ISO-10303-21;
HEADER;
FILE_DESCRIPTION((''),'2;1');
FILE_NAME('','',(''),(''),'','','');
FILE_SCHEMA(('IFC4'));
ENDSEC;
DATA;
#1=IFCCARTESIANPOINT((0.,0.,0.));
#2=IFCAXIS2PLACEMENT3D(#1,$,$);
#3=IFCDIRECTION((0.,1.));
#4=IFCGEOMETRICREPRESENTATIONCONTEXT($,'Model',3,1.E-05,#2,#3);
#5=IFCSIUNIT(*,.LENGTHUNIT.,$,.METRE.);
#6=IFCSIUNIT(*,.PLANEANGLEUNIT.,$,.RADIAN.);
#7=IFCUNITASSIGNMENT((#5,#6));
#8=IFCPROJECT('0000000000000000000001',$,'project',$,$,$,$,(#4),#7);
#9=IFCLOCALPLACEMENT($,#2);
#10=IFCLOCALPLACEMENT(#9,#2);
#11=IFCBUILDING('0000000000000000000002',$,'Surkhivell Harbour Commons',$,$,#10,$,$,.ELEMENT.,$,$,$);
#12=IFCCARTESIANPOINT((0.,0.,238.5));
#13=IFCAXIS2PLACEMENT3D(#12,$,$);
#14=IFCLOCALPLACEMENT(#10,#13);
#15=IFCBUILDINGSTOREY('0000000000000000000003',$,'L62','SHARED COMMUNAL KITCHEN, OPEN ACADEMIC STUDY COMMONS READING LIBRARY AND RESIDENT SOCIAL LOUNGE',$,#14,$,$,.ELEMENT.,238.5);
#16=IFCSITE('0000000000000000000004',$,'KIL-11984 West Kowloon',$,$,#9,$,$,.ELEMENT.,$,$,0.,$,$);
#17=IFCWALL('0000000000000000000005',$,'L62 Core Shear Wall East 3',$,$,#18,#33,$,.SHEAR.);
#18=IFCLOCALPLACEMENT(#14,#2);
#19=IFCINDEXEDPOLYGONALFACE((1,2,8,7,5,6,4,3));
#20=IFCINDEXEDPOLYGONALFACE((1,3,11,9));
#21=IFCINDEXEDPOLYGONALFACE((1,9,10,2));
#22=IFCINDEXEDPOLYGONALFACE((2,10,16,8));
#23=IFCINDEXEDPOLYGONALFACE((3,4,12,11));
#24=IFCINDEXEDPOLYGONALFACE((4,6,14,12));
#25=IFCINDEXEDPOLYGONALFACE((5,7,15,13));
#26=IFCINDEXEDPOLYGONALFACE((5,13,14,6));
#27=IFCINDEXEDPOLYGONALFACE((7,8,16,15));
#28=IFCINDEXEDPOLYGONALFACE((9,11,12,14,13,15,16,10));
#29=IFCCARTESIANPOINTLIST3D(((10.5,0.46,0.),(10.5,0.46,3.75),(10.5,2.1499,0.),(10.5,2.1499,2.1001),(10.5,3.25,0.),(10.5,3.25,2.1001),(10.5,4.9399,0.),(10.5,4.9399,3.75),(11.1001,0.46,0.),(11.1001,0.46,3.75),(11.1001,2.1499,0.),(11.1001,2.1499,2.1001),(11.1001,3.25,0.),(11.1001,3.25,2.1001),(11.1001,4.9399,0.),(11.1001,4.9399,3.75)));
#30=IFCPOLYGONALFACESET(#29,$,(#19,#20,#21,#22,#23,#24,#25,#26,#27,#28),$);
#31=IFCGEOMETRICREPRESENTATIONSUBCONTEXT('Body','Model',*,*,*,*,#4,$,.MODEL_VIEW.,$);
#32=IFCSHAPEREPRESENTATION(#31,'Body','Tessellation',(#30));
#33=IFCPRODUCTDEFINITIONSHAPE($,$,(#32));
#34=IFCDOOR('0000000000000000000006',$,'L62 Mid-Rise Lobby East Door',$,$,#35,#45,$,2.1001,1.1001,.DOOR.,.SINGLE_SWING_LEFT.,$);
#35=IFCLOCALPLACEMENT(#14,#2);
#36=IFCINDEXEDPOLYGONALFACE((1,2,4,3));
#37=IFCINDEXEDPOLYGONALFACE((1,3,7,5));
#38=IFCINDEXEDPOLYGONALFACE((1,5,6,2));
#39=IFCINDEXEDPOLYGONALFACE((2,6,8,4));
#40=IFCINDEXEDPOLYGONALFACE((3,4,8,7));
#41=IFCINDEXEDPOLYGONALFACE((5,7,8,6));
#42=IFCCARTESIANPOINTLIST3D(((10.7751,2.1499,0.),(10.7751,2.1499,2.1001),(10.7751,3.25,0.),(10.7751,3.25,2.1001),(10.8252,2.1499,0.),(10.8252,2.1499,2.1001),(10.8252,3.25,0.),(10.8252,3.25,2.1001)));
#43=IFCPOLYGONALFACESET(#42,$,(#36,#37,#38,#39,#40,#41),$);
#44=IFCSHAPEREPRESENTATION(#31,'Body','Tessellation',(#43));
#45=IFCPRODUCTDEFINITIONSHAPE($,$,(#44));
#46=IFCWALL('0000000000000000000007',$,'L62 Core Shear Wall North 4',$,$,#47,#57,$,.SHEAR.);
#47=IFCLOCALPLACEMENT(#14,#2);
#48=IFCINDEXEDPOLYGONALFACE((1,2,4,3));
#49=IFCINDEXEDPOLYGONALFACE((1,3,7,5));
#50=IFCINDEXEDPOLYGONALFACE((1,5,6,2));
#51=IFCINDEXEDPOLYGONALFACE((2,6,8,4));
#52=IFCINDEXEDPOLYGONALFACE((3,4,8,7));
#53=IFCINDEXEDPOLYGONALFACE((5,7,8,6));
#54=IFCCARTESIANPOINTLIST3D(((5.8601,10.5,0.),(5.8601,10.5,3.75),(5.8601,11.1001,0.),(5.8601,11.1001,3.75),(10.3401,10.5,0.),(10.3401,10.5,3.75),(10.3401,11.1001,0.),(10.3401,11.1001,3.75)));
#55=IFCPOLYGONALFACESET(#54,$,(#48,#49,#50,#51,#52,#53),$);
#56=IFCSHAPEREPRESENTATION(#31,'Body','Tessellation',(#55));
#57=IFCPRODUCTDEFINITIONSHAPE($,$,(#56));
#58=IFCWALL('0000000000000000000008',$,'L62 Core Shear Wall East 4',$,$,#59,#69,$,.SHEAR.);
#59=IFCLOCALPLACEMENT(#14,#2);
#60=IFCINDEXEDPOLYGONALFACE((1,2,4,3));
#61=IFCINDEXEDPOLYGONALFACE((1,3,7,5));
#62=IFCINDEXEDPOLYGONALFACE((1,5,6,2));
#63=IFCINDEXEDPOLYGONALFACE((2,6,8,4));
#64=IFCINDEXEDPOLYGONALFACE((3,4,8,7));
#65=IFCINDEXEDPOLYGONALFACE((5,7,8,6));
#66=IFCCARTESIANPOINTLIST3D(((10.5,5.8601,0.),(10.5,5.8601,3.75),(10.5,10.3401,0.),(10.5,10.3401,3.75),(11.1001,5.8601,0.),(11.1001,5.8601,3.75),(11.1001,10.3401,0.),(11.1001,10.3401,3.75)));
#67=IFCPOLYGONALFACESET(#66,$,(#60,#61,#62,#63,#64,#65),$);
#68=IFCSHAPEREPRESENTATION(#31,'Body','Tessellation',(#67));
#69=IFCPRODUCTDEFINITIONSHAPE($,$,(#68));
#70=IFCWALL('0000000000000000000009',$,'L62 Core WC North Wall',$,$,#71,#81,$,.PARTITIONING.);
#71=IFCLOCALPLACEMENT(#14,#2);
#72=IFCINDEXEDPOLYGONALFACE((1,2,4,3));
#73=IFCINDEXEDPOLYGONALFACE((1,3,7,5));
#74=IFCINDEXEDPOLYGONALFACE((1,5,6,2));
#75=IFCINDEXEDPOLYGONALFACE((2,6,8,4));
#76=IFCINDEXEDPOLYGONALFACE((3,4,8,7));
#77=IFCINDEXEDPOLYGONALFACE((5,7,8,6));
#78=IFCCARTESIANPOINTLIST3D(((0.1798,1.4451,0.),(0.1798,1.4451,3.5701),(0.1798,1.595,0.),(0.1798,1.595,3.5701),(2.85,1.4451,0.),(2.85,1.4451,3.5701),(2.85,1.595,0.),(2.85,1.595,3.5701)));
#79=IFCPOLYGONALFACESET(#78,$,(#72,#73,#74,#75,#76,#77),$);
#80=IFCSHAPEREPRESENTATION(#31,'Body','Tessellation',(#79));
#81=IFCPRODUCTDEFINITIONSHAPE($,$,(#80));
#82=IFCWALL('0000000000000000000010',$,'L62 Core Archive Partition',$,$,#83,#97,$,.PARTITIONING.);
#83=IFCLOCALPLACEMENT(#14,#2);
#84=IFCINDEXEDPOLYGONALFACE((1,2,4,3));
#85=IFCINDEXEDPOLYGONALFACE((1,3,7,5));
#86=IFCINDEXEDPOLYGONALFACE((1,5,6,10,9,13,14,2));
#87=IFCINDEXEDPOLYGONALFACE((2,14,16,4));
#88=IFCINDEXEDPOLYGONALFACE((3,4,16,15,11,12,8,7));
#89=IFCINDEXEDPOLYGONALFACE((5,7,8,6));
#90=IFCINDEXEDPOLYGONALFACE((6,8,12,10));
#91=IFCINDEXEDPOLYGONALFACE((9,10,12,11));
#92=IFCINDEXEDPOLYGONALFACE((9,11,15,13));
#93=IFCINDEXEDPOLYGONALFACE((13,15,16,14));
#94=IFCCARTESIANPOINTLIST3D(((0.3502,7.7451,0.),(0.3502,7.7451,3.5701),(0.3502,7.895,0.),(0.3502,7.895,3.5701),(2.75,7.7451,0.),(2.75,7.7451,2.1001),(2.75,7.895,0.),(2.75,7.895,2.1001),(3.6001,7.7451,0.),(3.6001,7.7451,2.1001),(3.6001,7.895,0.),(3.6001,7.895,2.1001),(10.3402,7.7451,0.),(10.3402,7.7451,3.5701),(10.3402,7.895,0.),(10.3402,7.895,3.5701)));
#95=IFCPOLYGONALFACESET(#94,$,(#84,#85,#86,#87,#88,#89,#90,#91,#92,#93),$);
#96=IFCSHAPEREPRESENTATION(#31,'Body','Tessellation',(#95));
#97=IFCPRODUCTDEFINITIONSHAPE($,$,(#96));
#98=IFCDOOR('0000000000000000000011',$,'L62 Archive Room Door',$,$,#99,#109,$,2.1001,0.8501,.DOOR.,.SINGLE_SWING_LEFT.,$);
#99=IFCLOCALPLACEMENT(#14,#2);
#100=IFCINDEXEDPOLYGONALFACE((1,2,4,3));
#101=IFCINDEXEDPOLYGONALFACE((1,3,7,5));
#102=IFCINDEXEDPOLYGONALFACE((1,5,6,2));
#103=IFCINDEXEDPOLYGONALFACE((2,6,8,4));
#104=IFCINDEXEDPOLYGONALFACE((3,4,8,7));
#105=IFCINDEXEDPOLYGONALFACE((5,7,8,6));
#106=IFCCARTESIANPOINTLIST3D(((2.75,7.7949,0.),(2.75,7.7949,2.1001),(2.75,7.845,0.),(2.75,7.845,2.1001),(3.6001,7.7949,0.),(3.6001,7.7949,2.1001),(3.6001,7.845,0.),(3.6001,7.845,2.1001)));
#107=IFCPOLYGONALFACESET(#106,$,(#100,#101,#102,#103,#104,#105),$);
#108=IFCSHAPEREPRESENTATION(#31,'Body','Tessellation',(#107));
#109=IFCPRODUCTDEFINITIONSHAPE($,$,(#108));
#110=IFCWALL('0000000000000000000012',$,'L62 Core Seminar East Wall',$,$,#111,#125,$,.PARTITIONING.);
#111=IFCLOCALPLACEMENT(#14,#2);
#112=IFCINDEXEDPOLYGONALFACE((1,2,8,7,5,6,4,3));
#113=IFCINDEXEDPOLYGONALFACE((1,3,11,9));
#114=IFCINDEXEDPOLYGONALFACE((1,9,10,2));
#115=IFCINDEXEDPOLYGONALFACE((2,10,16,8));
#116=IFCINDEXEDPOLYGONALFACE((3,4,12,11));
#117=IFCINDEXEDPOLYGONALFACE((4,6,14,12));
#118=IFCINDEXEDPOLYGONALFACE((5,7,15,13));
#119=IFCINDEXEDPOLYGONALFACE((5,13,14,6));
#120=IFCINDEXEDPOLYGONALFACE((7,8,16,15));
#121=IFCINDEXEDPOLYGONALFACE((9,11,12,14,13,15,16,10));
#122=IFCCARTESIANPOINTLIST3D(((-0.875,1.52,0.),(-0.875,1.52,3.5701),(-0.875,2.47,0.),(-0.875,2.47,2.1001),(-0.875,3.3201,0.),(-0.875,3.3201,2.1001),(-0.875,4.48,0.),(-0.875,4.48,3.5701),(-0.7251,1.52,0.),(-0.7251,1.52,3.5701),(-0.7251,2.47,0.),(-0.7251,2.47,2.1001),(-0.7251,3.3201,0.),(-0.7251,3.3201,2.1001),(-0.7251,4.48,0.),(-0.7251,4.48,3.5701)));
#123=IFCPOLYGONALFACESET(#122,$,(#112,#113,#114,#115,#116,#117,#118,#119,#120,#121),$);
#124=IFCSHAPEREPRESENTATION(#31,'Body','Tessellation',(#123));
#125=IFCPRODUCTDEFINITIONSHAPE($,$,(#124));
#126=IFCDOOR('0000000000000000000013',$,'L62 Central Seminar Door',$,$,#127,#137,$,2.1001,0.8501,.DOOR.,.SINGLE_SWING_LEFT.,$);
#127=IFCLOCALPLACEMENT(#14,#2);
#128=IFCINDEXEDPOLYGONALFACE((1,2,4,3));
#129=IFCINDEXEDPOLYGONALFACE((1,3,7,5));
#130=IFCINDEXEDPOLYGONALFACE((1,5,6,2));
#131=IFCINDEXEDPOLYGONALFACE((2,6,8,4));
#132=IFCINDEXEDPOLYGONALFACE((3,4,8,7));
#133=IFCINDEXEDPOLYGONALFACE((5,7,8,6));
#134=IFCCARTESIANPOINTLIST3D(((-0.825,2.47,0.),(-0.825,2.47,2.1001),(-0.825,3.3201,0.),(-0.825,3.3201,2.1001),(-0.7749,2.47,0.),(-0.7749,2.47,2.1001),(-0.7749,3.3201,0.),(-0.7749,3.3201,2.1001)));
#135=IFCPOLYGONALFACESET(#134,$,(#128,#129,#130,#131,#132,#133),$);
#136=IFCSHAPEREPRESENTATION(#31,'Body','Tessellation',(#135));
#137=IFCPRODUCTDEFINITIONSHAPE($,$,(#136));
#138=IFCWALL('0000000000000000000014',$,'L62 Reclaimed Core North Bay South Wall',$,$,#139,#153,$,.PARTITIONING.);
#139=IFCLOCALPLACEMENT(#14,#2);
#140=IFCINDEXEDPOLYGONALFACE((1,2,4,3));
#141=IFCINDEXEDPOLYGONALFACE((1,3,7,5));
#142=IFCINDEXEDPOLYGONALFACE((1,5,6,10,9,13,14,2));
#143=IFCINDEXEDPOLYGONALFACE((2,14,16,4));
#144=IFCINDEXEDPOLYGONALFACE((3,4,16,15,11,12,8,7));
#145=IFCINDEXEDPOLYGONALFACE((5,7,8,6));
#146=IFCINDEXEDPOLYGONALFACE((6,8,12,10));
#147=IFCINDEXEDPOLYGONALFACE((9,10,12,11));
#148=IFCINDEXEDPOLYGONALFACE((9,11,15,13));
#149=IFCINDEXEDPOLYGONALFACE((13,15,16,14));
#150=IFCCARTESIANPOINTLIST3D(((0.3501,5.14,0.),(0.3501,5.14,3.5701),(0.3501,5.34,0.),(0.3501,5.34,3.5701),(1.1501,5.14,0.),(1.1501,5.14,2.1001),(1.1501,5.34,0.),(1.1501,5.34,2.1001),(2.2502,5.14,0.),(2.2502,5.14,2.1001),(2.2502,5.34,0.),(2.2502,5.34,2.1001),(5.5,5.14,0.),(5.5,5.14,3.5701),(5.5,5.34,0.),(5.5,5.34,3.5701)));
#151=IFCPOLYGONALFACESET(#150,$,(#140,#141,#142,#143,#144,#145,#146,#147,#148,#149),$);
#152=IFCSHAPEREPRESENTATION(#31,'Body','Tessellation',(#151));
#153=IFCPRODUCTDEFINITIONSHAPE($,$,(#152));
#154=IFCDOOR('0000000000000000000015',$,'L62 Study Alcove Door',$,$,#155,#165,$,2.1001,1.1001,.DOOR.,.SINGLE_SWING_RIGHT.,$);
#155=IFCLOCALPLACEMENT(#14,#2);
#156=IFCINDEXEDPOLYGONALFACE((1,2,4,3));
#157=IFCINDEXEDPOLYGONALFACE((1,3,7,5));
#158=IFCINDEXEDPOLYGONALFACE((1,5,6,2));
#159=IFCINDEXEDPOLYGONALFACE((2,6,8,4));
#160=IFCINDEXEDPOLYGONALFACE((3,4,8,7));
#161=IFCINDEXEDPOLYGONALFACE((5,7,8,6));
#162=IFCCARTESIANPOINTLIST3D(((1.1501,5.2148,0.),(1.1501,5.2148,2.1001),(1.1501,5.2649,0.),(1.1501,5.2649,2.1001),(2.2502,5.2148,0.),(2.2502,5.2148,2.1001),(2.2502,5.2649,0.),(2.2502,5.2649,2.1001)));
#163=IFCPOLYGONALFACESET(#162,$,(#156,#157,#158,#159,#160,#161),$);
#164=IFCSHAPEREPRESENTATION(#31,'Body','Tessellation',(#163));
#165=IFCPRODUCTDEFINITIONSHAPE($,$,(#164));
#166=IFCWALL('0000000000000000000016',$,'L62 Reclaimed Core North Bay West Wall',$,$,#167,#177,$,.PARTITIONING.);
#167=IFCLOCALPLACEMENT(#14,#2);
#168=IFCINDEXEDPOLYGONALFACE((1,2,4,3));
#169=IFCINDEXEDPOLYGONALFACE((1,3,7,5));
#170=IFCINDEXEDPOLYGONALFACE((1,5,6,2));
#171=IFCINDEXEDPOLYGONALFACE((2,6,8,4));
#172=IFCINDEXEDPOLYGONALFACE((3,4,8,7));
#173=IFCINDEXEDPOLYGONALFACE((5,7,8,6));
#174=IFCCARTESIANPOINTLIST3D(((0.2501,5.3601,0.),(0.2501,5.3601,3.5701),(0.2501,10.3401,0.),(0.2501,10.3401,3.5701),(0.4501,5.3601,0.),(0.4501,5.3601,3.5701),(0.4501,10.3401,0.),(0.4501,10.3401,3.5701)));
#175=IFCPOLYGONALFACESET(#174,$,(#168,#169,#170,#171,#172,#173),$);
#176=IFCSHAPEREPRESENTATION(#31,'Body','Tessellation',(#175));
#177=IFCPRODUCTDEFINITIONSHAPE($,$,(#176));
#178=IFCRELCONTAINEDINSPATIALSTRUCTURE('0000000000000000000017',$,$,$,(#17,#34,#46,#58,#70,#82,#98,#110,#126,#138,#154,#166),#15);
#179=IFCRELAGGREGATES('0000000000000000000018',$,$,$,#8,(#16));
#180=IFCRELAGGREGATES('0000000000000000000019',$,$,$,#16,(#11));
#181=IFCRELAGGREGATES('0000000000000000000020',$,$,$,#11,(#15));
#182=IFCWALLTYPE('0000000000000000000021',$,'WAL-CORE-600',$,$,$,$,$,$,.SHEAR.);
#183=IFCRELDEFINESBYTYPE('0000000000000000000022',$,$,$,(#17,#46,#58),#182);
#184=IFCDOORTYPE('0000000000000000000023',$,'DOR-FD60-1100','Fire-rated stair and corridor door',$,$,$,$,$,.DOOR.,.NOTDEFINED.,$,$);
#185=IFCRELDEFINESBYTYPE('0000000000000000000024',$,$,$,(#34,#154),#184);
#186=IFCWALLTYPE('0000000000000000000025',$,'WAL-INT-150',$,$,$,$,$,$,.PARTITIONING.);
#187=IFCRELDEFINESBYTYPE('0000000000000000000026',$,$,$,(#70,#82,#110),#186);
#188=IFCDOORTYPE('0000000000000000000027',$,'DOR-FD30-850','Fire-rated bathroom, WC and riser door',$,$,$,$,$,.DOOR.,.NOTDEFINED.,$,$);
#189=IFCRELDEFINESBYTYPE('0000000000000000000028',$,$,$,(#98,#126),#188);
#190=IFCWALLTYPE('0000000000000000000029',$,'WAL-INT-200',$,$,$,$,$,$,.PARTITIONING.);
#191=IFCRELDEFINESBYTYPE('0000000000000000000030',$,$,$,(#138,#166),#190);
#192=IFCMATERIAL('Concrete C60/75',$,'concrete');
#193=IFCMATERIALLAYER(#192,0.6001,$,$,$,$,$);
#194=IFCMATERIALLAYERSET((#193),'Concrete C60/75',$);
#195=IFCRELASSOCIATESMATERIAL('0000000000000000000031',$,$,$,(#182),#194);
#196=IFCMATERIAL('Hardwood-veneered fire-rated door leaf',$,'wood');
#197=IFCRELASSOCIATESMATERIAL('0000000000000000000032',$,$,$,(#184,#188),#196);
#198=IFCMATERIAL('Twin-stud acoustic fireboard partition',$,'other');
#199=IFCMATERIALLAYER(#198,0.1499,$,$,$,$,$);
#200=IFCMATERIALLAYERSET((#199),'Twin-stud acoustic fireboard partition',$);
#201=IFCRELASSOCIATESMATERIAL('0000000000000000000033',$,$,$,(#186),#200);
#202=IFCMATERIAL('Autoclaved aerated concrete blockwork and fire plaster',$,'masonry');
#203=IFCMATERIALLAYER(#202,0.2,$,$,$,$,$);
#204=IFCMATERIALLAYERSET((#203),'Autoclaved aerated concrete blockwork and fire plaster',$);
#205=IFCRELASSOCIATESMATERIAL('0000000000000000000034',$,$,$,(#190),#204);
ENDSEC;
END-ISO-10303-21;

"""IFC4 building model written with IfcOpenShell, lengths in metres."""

from ifc_helpers import new_model, si_unit, direction, frame, frame_2d, origin, place, context, subcontext, project, spatial, rectangle, extrude, material, layer, layer_set, type_object, element, fill, save


model = new_model("IFC4")

# Units and contexts
model_context = context("Model", 3, precision=1e-05, world=origin(), true_north=direction((0.0, 1.0)))
body_context = subcontext(model_context, "Body", "Model", "MODEL_VIEW")
ifc_project = project(units=[si_unit("LENGTHUNIT", "METRE"), si_unit("PLANEANGLEUNIT", "RADIAN")], contexts=[model_context])

# Site, building, storey
site_placement = place(None, origin())
site = spatial("IfcSite", under=ifc_project, at=site_placement, Name="KIL-11984 West Kowloon", CompositionType="ELEMENT", RefElevation=0.0)
building_placement = place(site_placement, origin())
building = spatial("IfcBuilding", under=site, at=building_placement, Name="Surkhivell Harbour Commons", CompositionType="ELEMENT")
storey_placement = place(building_placement, frame((0.0, 0.0, 238.5)))
storey = spatial("IfcBuildingStorey", under=building, at=storey_placement, Name="L62", Description="SHARED COMMUNAL KITCHEN, OPEN ACADEMIC STUDY COMMONS READING LIBRARY AND RESIDENT SOCIAL LOUNGE", CompositionType="ELEMENT", Elevation=238.5)

# Shared definitions
ifc_material_1 = material(Name="Concrete C60/75", Category="concrete")

# Shared definitions
ifc_layer_1 = layer(ifc_material_1, 0.6001)
ifc_layer_set_1 = layer_set([ifc_layer_1], Name="Concrete C60/75")
wall_type_1 = type_object("IfcWallType", Name="WAL-CORE-600", PredefinedType="SHEAR", material=ifc_layer_set_1)

# Wall, opening, door
wall_1_placement = place(storey_placement, frame((10.8, 0.46, 0.0), z_axis=(0.0, 0.0, 1.0), x_axis=(0.0, 1.0, 0.0)))
wall_1 = element("IfcWall", 1, at=wall_1_placement, inside=storey, type_object=wall_type_1, Name="L62 Core Shear Wall East 3", PredefinedType="SHEAR", context=body_context, shape_type="SweptSolid", body=[
    extrude(rectangle(XDim=4.48, YDim=0.6001, at=frame_2d((2.24, 0.0))), origin(), (0.0, 0.0, 1.0), 3.75),
])
opening_1_placement = place(wall_1_placement, frame((1.6899, 0.0, 0.0)))
opening_1 = element("IfcOpeningElement", 2, at=opening_1_placement, cuts=wall_1, PredefinedType="OPENING", context=body_context, shape_type="SweptSolid", body=[
    extrude(rectangle(XDim=1.1001, YDim=2.1001, at=frame_2d((0.55, 1.05))), frame((0.0, 0.3101, 0.0), z_axis=(0.0, -1.0, 0.0), x_axis=(1.0, 0.0, 0.0)), (0.0, 0.0, 1.0), 0.6201),
])
ifc_material_2 = material(Name="Hardwood-veneered fire-rated door leaf", Category="wood")
door_type_1 = type_object("IfcDoorType", Name="DOR-FD60-1100", Description="Fire-rated stair and corridor door", OperationType="NOTDEFINED", PredefinedType="DOOR", material=ifc_material_2)
door_1_placement = place(opening_1_placement, origin())
door_1 = element("IfcDoor", 3, at=door_1_placement, inside=storey, type_object=door_type_1, Name="L62 Mid-Rise Lobby East Door", OperationType="SINGLE_SWING_LEFT", OverallHeight=2.1001, OverallWidth=1.1001, PredefinedType="DOOR", context=body_context, shape_type="SweptSolid", body=[
    extrude(rectangle(XDim=1.1001, YDim=2.1001, at=frame_2d((0.55, 1.05))), frame((0.0, 0.0249, 0.0), z_axis=(0.0, -1.0, 0.0), x_axis=(1.0, 0.0, 0.0)), (0.0, 0.0, 1.0), 0.05),
])
fill(opening_1, door_1)

# Walls
for number, where, z_axis, x_axis, name in (
    (4, (5.8601, 10.8, 0.0), (0.0, 0.0, 1.0), (1.0, 0.0, 0.0), "L62 Core Shear Wall North 4"),
    (5, (10.8, 5.8601, 0.0), (0.0, 0.0, 1.0), (0.0, 1.0, 0.0), "L62 Core Shear Wall East 4"),
):
    element("IfcWall", number, at=place(storey_placement, frame(where, z_axis=z_axis, x_axis=x_axis)), inside=storey, type_object=wall_type_1, Name=name, PredefinedType="SHEAR", context=body_context, shape_type="SweptSolid", body=[
        extrude(rectangle(XDim=4.48, YDim=0.6001, at=frame_2d((2.24, 0.0))), origin(), (0.0, 0.0, 1.0), 3.75),
    ])
ifc_material_3 = material(Name="Twin-stud acoustic fireboard partition", Category="other")
ifc_layer_2 = layer(ifc_material_3, 0.1499)
ifc_layer_set_2 = layer_set([ifc_layer_2], Name="Twin-stud acoustic fireboard partition")
wall_type_2 = type_object("IfcWallType", Name="WAL-INT-150", PredefinedType="PARTITIONING", material=ifc_layer_set_2)
wall_2_placement = place(storey_placement, frame((0.1799, 1.52, 0.0), z_axis=(0.0, 0.0, 1.0), x_axis=(1.0, 0.0, 0.0)))
element("IfcWall", 6, at=wall_2_placement, inside=storey, type_object=wall_type_2, Name="L62 Core WC North Wall", PredefinedType="PARTITIONING", context=body_context, shape_type="SweptSolid", body=[
    extrude(rectangle(XDim=2.6702, YDim=0.1499, at=frame_2d((1.335, 0.0))), origin(), (0.0, 0.0, 1.0), 3.5701),
])

# Walls, openings, doors
wall_3_placement = place(storey_placement, frame((0.3501, 7.8201, 0.0), z_axis=(0.0, 0.0, 1.0), x_axis=(1.0, 0.0, 0.0)))
wall_3 = element("IfcWall", 7, at=wall_3_placement, inside=storey, type_object=wall_type_2, Name="L62 Core Archive Partition", PredefinedType="PARTITIONING", context=body_context, shape_type="SweptSolid", body=[
    extrude(rectangle(XDim=9.99, YDim=0.1499, at=frame_2d((4.9951, 0.0))), origin(), (0.0, 0.0, 1.0), 3.5701),
])
opening_2_placement = place(wall_3_placement, frame((2.3999, 0.0, 0.0)))
opening_2 = element("IfcOpeningElement", 8, at=opening_2_placement, cuts=wall_3, PredefinedType="OPENING", context=body_context, shape_type="SweptSolid", body=[
    extrude(rectangle(XDim=0.8501, YDim=2.1001, at=frame_2d((0.425, 1.05))), frame((0.0, 0.085, 0.0), z_axis=(0.0, -1.0, 0.0), x_axis=(1.0, 0.0, 0.0)), (0.0, 0.0, 1.0), 0.1699),
])
door_type_2 = type_object("IfcDoorType", Name="DOR-FD30-850", Description="Fire-rated bathroom, WC and riser door", OperationType="NOTDEFINED", PredefinedType="DOOR", material=ifc_material_2)
door_2_placement = place(opening_2_placement, origin())
door_2 = element("IfcDoor", 9, at=door_2_placement, inside=storey, type_object=door_type_2, Name="L62 Archive Room Door", OperationType="SINGLE_SWING_LEFT", OverallHeight=2.1001, OverallWidth=0.8501, PredefinedType="DOOR", context=body_context, shape_type="SweptSolid", body=[
    extrude(rectangle(XDim=0.8501, YDim=2.1001, at=frame_2d((0.425, 1.05))), frame((0.0, 0.0249, 0.0), z_axis=(0.0, -1.0, 0.0), x_axis=(1.0, 0.0, 0.0)), (0.0, 0.0, 1.0), 0.05),
])
fill(opening_2, door_2)
wall_4_placement = place(storey_placement, frame((-0.8, 1.52, 0.0), z_axis=(0.0, 0.0, 1.0), x_axis=(0.0, 1.0, 0.0)))
wall_4 = element("IfcWall", 10, at=wall_4_placement, inside=storey, type_object=wall_type_2, Name="L62 Core Seminar East Wall", PredefinedType="PARTITIONING", context=body_context, shape_type="SweptSolid", body=[
    extrude(rectangle(XDim=2.96, YDim=0.1499, at=frame_2d((1.48, 0.0))), origin(), (0.0, 0.0, 1.0), 3.5701),
])
opening_3_placement = place(wall_4_placement, frame((0.95, 0.0, 0.0)))
opening_3 = element("IfcOpeningElement", 11, at=opening_3_placement, cuts=wall_4, PredefinedType="OPENING", context=body_context, shape_type="SweptSolid", body=[
    extrude(rectangle(XDim=0.8501, YDim=2.1001, at=frame_2d((0.425, 1.05))), frame((0.0, 0.085, 0.0), z_axis=(0.0, -1.0, 0.0), x_axis=(1.0, 0.0, 0.0)), (0.0, 0.0, 1.0), 0.1699),
])
door_3_placement = place(opening_3_placement, origin())
door_3 = element("IfcDoor", 12, at=door_3_placement, inside=storey, type_object=door_type_2, Name="L62 Central Seminar Door", OperationType="SINGLE_SWING_LEFT", OverallHeight=2.1001, OverallWidth=0.8501, PredefinedType="DOOR", context=body_context, shape_type="SweptSolid", body=[
    extrude(rectangle(XDim=0.8501, YDim=2.1001, at=frame_2d((0.425, 1.05))), frame((0.0, 0.0249, 0.0), z_axis=(0.0, -1.0, 0.0), x_axis=(1.0, 0.0, 0.0)), (0.0, 0.0, 1.0), 0.05),
])
fill(opening_3, door_3)
ifc_material_4 = material(Name="Autoclaved aerated concrete blockwork and fire plaster", Category="masonry")
ifc_layer_3 = layer(ifc_material_4, 0.2)
ifc_layer_set_3 = layer_set([ifc_layer_3], Name="Autoclaved aerated concrete blockwork and fire plaster")
wall_type_3 = type_object("IfcWallType", Name="WAL-INT-200", PredefinedType="PARTITIONING", material=ifc_layer_set_3)
wall_5_placement = place(storey_placement, frame((0.3501, 5.24, 0.0), z_axis=(0.0, 0.0, 1.0), x_axis=(1.0, 0.0, 0.0)))
wall_5 = element("IfcWall", 13, at=wall_5_placement, inside=storey, type_object=wall_type_3, Name="L62 Reclaimed Core North Bay South Wall", PredefinedType="PARTITIONING", context=body_context, shape_type="SweptSolid", body=[
    extrude(rectangle(XDim=5.1499, YDim=0.2, at=frame_2d((2.575, 0.0))), origin(), (0.0, 0.0, 1.0), 3.5701),
])
opening_4_placement = place(wall_5_placement, frame((0.8, 0.0, 0.0)))
opening_4 = element("IfcOpeningElement", 14, at=opening_4_placement, cuts=wall_5, PredefinedType="OPENING", context=body_context, shape_type="SweptSolid", body=[
    extrude(rectangle(XDim=1.1001, YDim=2.1001, at=frame_2d((0.55, 1.05))), frame((0.0, 0.1099, 0.0), z_axis=(0.0, -1.0, 0.0), x_axis=(1.0, 0.0, 0.0)), (0.0, 0.0, 1.0), 0.22),
])
door_4_placement = place(opening_4_placement, origin())
door_4 = element("IfcDoor", 15, at=door_4_placement, inside=storey, type_object=door_type_1, Name="L62 Study Alcove Door", OperationType="SINGLE_SWING_RIGHT", OverallHeight=2.1001, OverallWidth=1.1001, PredefinedType="DOOR", context=body_context, shape_type="SweptSolid", body=[
    extrude(rectangle(XDim=1.1001, YDim=2.1001, at=frame_2d((0.55, 1.05))), frame((0.0, 0.0249, 0.0), z_axis=(0.0, -1.0, 0.0), x_axis=(1.0, 0.0, 0.0)), (0.0, 0.0, 1.0), 0.05),
])
fill(opening_4, door_4)

# Wall
wall_6_placement = place(storey_placement, frame((0.3501, 5.3601, 0.0), z_axis=(0.0, 0.0, 1.0), x_axis=(0.0, 1.0, 0.0)))
element("IfcWall", 16, at=wall_6_placement, inside=storey, type_object=wall_type_3, Name="L62 Reclaimed Core North Bay West Wall", PredefinedType="PARTITIONING", context=body_context, shape_type="SweptSolid", body=[
    extrude(rectangle(XDim=4.98, YDim=0.2, at=frame_2d((2.49, 0.0))), origin(), (0.0, 0.0, 1.0), 3.5701),
])

save(model, "model.ifc")
